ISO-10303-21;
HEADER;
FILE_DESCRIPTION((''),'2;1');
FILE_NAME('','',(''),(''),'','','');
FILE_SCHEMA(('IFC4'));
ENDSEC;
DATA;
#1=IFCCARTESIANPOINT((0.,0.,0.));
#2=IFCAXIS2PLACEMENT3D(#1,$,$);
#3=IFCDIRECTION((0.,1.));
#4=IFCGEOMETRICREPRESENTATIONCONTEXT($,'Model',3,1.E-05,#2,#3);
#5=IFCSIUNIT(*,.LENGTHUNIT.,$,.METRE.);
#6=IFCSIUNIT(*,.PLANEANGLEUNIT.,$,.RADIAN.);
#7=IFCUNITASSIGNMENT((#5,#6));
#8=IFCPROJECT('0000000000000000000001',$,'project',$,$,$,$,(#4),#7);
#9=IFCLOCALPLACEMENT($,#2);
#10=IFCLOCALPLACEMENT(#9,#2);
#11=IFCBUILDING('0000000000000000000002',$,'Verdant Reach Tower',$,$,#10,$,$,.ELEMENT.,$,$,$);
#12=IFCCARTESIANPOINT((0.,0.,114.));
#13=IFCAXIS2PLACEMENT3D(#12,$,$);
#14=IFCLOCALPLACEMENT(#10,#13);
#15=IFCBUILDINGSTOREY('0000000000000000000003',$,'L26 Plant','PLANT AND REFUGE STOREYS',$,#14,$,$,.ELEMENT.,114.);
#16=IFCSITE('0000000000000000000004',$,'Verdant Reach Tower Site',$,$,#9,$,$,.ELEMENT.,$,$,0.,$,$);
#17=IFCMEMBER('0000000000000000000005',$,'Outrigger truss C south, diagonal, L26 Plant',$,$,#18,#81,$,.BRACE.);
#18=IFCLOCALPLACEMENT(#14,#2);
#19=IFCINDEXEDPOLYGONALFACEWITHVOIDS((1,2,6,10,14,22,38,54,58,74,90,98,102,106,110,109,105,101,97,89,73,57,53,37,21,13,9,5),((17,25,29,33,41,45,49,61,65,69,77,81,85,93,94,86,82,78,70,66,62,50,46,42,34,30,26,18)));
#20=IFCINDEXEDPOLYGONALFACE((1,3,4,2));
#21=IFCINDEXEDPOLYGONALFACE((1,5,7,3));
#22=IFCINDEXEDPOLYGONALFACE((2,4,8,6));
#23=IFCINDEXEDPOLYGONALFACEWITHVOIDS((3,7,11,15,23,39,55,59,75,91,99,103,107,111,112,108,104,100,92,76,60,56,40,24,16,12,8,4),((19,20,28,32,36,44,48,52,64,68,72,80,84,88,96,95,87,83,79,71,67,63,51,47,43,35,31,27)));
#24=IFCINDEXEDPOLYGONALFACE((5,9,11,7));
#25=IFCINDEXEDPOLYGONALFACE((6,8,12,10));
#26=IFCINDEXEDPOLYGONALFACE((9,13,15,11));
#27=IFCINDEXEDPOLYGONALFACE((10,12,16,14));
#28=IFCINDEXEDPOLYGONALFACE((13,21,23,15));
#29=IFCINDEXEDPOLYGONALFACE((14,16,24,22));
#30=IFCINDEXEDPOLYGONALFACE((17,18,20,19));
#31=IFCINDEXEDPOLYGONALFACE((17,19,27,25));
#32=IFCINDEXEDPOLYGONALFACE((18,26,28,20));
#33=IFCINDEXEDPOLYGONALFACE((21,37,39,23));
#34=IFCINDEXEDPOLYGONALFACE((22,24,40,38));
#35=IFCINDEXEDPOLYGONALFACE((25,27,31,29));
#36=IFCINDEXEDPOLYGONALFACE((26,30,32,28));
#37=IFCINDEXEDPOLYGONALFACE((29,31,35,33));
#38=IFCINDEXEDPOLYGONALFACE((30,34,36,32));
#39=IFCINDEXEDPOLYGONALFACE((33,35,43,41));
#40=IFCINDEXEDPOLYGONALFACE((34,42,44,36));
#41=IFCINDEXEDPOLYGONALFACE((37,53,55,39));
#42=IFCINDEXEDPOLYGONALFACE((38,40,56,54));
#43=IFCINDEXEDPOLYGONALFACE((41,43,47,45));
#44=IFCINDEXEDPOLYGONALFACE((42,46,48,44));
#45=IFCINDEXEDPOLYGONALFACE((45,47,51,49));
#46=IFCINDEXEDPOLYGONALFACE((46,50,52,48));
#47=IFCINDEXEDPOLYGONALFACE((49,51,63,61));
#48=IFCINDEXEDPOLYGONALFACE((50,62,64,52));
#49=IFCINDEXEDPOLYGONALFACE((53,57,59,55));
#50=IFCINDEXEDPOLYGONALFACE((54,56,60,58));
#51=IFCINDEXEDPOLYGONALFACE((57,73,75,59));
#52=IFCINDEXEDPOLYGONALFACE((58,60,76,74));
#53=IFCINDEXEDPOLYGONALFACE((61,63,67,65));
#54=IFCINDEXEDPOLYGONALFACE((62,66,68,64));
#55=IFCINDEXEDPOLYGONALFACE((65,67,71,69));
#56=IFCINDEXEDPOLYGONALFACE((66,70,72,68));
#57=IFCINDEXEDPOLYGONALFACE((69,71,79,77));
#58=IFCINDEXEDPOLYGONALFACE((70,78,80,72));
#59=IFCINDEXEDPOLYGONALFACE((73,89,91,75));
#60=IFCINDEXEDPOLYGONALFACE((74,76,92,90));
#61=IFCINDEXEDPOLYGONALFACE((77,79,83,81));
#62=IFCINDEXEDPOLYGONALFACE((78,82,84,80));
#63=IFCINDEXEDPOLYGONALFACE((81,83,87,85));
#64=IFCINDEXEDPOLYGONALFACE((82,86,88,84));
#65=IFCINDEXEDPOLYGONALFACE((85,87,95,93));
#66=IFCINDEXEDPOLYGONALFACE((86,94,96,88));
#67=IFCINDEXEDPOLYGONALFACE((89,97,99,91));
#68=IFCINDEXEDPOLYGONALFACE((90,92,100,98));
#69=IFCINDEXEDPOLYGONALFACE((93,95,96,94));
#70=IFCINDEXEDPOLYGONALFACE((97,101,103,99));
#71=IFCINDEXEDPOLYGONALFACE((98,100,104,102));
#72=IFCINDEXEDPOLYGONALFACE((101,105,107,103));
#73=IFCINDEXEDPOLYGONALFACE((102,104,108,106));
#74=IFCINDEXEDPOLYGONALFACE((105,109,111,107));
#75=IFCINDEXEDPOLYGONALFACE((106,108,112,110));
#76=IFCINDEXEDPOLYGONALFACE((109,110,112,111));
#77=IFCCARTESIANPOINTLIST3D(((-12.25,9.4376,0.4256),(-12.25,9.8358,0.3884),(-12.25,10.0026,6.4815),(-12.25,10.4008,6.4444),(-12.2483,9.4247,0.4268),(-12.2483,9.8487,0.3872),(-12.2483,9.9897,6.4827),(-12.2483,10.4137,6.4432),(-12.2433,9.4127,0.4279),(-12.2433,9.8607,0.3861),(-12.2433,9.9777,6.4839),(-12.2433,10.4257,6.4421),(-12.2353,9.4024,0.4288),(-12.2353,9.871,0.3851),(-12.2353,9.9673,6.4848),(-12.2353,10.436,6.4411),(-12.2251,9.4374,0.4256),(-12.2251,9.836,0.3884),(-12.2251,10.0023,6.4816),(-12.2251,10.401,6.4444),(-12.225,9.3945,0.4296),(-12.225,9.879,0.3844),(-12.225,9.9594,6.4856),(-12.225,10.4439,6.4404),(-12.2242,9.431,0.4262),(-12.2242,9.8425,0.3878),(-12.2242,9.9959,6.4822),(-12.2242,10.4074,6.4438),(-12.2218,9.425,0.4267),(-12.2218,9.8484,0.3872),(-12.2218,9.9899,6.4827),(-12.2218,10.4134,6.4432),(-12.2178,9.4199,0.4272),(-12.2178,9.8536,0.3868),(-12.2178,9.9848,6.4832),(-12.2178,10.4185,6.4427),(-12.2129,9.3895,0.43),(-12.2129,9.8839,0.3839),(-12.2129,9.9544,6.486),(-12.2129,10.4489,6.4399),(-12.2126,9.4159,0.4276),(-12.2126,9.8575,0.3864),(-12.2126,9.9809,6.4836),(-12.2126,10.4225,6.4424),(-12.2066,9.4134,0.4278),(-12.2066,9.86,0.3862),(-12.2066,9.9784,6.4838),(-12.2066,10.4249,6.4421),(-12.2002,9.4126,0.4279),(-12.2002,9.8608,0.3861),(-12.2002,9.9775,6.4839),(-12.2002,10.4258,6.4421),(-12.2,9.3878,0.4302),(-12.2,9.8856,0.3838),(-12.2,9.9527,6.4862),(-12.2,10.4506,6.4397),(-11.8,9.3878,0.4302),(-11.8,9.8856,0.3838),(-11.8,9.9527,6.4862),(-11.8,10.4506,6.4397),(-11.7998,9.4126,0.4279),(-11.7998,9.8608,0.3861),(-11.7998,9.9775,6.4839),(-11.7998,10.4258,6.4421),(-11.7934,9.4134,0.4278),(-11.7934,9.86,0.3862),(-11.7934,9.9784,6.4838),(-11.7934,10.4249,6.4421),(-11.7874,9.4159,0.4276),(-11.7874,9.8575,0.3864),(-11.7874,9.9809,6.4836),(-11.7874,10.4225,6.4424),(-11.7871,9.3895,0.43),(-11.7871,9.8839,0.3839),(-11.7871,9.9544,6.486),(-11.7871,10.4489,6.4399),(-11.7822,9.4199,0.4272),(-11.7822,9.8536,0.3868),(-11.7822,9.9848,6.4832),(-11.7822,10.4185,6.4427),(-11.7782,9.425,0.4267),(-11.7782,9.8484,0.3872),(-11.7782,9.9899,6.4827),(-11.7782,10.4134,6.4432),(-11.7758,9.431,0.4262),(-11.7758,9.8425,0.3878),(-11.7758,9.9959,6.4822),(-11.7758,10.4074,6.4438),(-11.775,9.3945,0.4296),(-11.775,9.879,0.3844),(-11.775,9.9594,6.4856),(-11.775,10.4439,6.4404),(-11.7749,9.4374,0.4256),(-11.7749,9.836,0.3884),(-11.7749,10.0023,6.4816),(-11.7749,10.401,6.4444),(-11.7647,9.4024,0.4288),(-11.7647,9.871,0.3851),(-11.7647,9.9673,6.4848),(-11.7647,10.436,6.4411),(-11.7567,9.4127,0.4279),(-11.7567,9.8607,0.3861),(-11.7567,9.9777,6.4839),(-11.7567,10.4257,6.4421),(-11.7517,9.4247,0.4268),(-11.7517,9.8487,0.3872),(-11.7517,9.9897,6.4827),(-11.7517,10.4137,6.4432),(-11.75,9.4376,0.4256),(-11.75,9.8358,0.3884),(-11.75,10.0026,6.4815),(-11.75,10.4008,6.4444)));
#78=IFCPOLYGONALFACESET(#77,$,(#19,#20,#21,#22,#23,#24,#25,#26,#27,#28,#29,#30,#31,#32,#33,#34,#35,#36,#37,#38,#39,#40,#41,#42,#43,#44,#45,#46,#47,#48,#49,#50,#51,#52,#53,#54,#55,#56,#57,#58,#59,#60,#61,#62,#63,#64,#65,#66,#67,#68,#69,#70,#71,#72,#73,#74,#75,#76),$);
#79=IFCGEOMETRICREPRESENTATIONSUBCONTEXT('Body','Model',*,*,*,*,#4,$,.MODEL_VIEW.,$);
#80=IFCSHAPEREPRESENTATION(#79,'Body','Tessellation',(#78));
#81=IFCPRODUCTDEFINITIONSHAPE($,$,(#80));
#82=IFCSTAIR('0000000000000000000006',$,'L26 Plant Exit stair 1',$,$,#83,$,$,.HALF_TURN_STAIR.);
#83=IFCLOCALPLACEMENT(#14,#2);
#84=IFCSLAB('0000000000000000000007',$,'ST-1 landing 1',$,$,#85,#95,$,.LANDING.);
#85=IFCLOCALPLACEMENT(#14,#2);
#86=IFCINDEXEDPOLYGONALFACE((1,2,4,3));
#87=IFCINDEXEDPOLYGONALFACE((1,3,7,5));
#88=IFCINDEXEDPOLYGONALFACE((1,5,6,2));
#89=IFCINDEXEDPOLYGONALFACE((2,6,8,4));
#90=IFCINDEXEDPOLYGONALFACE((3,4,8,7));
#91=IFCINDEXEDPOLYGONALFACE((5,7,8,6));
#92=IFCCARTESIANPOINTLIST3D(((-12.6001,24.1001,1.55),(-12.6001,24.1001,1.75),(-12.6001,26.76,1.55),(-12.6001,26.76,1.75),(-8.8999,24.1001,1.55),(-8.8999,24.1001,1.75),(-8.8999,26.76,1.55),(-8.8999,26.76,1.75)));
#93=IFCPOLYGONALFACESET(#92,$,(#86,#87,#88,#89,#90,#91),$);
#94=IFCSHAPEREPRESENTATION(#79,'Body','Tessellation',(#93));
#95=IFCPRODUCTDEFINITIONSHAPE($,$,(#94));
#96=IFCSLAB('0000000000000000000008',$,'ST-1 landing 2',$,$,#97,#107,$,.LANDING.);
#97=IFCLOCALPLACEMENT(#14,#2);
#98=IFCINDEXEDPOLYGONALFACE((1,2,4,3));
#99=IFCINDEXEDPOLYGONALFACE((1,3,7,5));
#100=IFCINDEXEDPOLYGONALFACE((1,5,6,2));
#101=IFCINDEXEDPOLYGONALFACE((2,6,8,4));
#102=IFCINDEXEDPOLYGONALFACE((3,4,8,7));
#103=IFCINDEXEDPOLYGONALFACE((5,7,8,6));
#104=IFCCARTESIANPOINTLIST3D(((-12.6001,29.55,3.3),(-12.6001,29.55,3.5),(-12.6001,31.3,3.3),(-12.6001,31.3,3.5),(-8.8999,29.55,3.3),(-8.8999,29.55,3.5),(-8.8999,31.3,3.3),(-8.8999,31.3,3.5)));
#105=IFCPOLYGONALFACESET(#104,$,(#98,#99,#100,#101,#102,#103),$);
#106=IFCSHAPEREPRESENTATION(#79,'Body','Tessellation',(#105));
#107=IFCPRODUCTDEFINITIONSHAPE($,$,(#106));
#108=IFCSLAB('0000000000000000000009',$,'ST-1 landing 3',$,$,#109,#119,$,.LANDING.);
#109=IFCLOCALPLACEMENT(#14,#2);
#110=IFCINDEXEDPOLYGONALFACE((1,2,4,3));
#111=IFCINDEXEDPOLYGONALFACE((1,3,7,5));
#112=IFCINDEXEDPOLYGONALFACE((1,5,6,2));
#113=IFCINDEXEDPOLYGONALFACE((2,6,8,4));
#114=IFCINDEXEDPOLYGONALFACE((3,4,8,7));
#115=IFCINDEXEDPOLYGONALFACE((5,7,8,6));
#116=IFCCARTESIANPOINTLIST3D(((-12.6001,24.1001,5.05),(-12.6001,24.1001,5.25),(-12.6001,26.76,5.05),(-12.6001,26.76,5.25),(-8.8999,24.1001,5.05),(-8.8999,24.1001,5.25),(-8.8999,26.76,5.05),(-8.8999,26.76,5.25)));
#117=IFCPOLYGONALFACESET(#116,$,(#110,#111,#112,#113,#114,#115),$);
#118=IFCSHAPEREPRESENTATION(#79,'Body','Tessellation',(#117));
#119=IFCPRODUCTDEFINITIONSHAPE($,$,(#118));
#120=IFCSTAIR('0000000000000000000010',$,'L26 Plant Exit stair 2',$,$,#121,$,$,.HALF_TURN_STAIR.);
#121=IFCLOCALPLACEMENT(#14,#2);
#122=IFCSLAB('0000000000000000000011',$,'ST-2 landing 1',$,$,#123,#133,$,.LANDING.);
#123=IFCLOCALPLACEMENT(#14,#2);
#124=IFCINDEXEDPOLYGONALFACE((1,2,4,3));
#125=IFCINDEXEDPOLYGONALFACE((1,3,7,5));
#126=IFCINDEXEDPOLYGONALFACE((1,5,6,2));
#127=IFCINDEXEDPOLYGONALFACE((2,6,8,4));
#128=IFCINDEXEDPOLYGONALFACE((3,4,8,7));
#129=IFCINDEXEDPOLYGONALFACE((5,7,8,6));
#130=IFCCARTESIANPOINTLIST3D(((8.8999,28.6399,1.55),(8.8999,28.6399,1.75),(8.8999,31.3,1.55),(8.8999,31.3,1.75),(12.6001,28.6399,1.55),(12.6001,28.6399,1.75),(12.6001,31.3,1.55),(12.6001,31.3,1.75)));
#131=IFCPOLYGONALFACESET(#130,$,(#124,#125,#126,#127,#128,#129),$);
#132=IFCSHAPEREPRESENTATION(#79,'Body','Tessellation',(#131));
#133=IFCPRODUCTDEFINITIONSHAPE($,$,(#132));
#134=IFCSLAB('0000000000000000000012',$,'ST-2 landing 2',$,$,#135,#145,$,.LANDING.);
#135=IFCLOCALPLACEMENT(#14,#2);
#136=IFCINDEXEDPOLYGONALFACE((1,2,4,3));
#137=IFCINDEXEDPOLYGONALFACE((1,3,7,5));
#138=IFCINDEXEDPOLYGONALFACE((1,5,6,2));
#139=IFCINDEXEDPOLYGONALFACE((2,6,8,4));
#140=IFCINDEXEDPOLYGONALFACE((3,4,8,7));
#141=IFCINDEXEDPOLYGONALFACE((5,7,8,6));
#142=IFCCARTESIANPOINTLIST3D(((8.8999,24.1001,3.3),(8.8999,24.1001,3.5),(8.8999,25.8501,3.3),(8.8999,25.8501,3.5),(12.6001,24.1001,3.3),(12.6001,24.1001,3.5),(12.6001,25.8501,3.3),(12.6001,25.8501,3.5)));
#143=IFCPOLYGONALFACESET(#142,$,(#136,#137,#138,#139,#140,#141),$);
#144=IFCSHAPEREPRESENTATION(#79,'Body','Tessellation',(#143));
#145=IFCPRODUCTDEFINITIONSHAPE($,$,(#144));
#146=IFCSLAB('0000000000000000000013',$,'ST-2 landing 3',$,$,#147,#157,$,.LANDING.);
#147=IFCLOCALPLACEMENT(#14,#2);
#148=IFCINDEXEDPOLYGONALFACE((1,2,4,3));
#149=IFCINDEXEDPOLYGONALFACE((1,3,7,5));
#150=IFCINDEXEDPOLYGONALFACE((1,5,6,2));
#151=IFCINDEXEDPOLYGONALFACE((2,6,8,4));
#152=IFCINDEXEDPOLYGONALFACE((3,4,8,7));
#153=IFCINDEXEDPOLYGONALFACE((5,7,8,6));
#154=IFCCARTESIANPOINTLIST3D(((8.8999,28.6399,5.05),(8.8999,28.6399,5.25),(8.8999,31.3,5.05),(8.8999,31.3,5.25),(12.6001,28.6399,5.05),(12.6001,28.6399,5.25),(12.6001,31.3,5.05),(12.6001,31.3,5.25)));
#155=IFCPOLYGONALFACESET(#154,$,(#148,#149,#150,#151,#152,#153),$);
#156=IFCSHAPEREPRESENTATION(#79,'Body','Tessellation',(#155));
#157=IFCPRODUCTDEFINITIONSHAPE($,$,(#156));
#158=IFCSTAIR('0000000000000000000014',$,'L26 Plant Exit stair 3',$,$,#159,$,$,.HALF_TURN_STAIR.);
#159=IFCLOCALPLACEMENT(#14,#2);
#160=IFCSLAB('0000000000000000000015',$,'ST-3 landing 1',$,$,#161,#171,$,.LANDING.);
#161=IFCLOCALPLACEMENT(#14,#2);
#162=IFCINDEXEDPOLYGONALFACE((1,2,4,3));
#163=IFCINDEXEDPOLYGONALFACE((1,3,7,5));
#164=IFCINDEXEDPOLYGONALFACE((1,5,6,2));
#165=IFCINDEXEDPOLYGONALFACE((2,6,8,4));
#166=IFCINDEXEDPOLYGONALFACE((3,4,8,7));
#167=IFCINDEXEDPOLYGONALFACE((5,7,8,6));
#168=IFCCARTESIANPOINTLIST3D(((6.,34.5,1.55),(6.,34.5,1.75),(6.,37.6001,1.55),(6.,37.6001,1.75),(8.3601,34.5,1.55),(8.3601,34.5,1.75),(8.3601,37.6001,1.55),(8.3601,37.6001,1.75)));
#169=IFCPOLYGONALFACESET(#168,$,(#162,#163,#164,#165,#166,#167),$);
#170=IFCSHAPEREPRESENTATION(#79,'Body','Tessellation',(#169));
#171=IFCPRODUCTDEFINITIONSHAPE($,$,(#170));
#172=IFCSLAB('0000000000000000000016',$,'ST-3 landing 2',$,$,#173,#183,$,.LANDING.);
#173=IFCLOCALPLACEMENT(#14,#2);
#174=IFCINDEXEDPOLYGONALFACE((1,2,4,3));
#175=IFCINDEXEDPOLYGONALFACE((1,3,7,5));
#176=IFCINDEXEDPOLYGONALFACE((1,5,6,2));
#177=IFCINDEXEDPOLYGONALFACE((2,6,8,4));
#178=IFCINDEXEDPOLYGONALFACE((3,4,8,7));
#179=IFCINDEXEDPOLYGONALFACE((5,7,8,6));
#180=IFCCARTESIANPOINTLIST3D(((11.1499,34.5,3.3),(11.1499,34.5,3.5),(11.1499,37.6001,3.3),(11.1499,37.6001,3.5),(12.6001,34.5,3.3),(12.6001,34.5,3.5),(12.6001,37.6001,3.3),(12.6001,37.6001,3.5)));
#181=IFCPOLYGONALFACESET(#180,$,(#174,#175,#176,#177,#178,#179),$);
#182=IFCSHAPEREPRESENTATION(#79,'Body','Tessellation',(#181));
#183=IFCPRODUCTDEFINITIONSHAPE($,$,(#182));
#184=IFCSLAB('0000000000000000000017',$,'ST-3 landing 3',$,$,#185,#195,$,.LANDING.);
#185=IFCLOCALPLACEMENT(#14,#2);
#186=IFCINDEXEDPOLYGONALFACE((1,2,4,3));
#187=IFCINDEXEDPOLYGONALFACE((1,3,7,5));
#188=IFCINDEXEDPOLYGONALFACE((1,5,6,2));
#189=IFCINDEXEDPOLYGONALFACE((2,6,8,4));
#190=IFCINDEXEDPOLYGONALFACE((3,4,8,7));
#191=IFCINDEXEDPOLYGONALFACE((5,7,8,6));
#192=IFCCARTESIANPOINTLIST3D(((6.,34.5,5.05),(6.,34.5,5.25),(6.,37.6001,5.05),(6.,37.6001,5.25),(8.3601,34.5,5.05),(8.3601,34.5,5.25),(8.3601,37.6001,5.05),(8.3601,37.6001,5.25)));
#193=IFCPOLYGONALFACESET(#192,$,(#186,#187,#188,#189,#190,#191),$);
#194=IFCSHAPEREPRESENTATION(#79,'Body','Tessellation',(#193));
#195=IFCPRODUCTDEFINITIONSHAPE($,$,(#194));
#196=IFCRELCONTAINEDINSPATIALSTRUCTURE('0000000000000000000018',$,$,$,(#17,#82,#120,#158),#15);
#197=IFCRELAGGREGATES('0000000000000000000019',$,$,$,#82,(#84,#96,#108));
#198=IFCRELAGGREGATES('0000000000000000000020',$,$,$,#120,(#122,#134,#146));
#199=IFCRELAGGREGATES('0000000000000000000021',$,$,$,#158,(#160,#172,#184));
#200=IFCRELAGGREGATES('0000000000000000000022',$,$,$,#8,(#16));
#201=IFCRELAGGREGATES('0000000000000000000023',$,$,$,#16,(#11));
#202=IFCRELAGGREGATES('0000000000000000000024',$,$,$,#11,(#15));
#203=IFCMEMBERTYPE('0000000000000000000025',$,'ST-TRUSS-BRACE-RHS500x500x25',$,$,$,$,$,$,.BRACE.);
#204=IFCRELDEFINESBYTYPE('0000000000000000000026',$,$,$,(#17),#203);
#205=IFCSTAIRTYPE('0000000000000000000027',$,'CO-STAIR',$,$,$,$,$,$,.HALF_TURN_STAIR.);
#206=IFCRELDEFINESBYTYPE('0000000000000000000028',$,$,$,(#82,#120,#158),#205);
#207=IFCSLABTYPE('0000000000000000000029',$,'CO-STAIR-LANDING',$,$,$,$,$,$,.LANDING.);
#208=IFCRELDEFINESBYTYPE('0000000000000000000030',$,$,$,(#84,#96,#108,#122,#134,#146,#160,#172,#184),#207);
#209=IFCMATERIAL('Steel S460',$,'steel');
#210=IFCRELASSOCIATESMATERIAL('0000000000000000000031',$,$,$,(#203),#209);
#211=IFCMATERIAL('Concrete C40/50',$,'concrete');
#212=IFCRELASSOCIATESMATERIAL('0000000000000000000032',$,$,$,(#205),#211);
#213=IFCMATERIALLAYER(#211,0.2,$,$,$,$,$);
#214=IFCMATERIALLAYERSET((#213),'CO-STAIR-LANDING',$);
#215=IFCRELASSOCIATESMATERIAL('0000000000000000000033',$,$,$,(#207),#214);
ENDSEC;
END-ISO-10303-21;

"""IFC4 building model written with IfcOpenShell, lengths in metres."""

from ifc_helpers import new_model, si_unit, direction, frame, origin, origin_2d, place, context, subcontext, project, spatial, polyline, hollow_rectangle, outline, extrude, material, layer, layer_set, material_profile, profile_set, type_object, element, aggregate, save


model = new_model("IFC4")

# Units and contexts
model_context = context("Model", 3, precision=1e-05, world=origin(), true_north=direction((0.0, 1.0)))
body_context = subcontext(model_context, "Body", "Model", "MODEL_VIEW")
ifc_project = project(units=[si_unit("LENGTHUNIT", "METRE"), si_unit("PLANEANGLEUNIT", "RADIAN")], contexts=[model_context])

# Site, building, storey
site_placement = place(None, origin())
site = spatial("IfcSite", under=ifc_project, at=site_placement, Name="Verdant Reach Tower Site", CompositionType="ELEMENT", RefElevation=0.0)
building_placement = place(site_placement, origin())
building = spatial("IfcBuilding", under=site, at=building_placement, Name="Verdant Reach Tower", CompositionType="ELEMENT")
storey_placement = place(building_placement, frame((0.0, 0.0, 114.0)))
storey = spatial("IfcBuildingStorey", under=building, at=storey_placement, Name="L26 Plant", Description="PLANT AND REFUGE STOREYS", CompositionType="ELEMENT", Elevation=114.0)

# Shared definitions
ifc_material_1 = material(Name="Steel S460", Category="steel")

# Member
ifc_material_profile_1 = material_profile(ifc_material_1, hollow_rectangle(XDim=0.5, YDim=0.5, WallThickness=0.0249, InnerFilletRadius=0.0249, OuterFilletRadius=0.05, at=origin_2d()), Name="RHS 500x500x25")
ifc_profile_set_1 = profile_set([ifc_material_profile_1], Name="Steel S460")
member_type_1 = type_object("IfcMemberType", Name="ST-TRUSS-BRACE-RHS500x500x25", PredefinedType="BRACE", material=ifc_profile_set_1)
member_1_placement = place(storey_placement, frame((-12.0, 9.6367, 0.407), z_axis=(0.0, 0.092884, 0.995677), x_axis=(-1.0, 0.0, 0.0)))
element("IfcMember", 1, at=member_1_placement, inside=storey, type_object=member_type_1, Name="Outrigger truss C south, diagonal, L26 Plant", PredefinedType="BRACE", context=body_context, shape_type="SweptSolid", body=[
    extrude(hollow_rectangle(XDim=0.5, YDim=0.5, WallThickness=0.0249, InnerFilletRadius=0.0249, OuterFilletRadius=0.05, at=origin_2d()), origin(), (0.0, 0.0, 1.0), 6.0823),
])

# Stairs, slabs
ifc_material_2 = material(Name="Concrete C40/50", Category="concrete")
stair_type = type_object("IfcStairType", Name="CO-STAIR", PredefinedType="HALF_TURN_STAIR", material=ifc_material_2)
stair_1_placement = place(storey_placement, origin())
stair_1 = element("IfcStair", 2, at=stair_1_placement, inside=storey, type_object=stair_type, Name="L26 Plant Exit stair 1", PredefinedType="HALF_TURN_STAIR")
ifc_layer_1 = layer(ifc_material_2, 0.2)
ifc_layer_set_1 = layer_set([ifc_layer_1], Name="CO-STAIR-LANDING")
slab_type_1 = type_object("IfcSlabType", Name="CO-STAIR-LANDING", PredefinedType="LANDING", material=ifc_layer_set_1)
slab_1_placement = place(storey_placement, frame((0.0, 0.0, 1.55)))
slab_1 = element("IfcSlab", 3, at=slab_1_placement, type_object=slab_type_1, Name="ST-1 landing 1", PredefinedType="LANDING", context=body_context, shape_type="SweptSolid", body=[
    extrude(outline(polyline([(-12.6001, 26.76), (-12.6001, 24.1001), (-8.8999, 24.1001), (-8.8999, 26.76), (-12.6001, 26.76)])), origin(), (0.0, 0.0, 1.0), 0.2),
])
slab_2_placement = place(storey_placement, frame((0.0, 0.0, 3.3)))
slab_2 = element("IfcSlab", 4, at=slab_2_placement, type_object=slab_type_1, Name="ST-1 landing 2", PredefinedType="LANDING", context=body_context, shape_type="SweptSolid", body=[
    extrude(outline(polyline([(-12.6001, 31.3), (-12.6001, 29.55), (-8.8999, 29.55), (-8.8999, 31.3), (-12.6001, 31.3)])), origin(), (0.0, 0.0, 1.0), 0.2),
])
slab_3_placement = place(storey_placement, frame((0.0, 0.0, 5.05)))
slab_3 = element("IfcSlab", 5, at=slab_3_placement, type_object=slab_type_1, Name="ST-1 landing 3", PredefinedType="LANDING", context=body_context, shape_type="SweptSolid", body=[
    extrude(outline(polyline([(-12.6001, 26.76), (-12.6001, 24.1001), (-8.8999, 24.1001), (-8.8999, 26.76), (-12.6001, 26.76)])), origin(), (0.0, 0.0, 1.0), 0.2),
])
aggregate(stair_1, [slab_1, slab_2, slab_3])
stair_2_placement = place(storey_placement, origin())
stair_2 = element("IfcStair", 6, at=stair_2_placement, inside=storey, type_object=stair_type, Name="L26 Plant Exit stair 2", PredefinedType="HALF_TURN_STAIR")
slab_4_placement = place(storey_placement, frame((0.0, 0.0, 1.55)))
slab_4 = element("IfcSlab", 7, at=slab_4_placement, type_object=slab_type_1, Name="ST-2 landing 1", PredefinedType="LANDING", context=body_context, shape_type="SweptSolid", body=[
    extrude(outline(polyline([(12.6001, 28.6399), (12.6001, 31.3), (8.8999, 31.3), (8.8999, 28.6399), (12.6001, 28.6399)])), origin(), (0.0, 0.0, 1.0), 0.2),
])
slab_5_placement = place(storey_placement, frame((0.0, 0.0, 3.3)))
slab_5 = element("IfcSlab", 8, at=slab_5_placement, type_object=slab_type_1, Name="ST-2 landing 2", PredefinedType="LANDING", context=body_context, shape_type="SweptSolid", body=[
    extrude(outline(polyline([(12.6001, 24.1001), (12.6001, 25.8501), (8.8999, 25.8501), (8.8999, 24.1001), (12.6001, 24.1001)])), origin(), (0.0, 0.0, 1.0), 0.2),
])
slab_6_placement = place(storey_placement, frame((0.0, 0.0, 5.05)))
slab_6 = element("IfcSlab", 9, at=slab_6_placement, type_object=slab_type_1, Name="ST-2 landing 3", PredefinedType="LANDING", context=body_context, shape_type="SweptSolid", body=[
    extrude(outline(polyline([(12.6001, 28.6399), (12.6001, 31.3), (8.8999, 31.3), (8.8999, 28.6399), (12.6001, 28.6399)])), origin(), (0.0, 0.0, 1.0), 0.2),
])
aggregate(stair_2, [slab_4, slab_5, slab_6])
stair_3_placement = place(storey_placement, origin())
stair_3 = element("IfcStair", 10, at=stair_3_placement, inside=storey, type_object=stair_type, Name="L26 Plant Exit stair 3", PredefinedType="HALF_TURN_STAIR")
slab_7_placement = place(storey_placement, frame((0.0, 0.0, 1.55)))
slab_7 = element("IfcSlab", 11, at=slab_7_placement, type_object=slab_type_1, Name="ST-3 landing 1", PredefinedType="LANDING", context=body_context, shape_type="SweptSolid", body=[
    extrude(outline(polyline([(8.3601, 37.6001), (6.0, 37.6001), (6.0, 34.5), (8.3601, 34.5), (8.3601, 37.6001)])), origin(), (0.0, 0.0, 1.0), 0.2),
])
slab_8_placement = place(storey_placement, frame((0.0, 0.0, 3.3)))
slab_8 = element("IfcSlab", 12, at=slab_8_placement, type_object=slab_type_1, Name="ST-3 landing 2", PredefinedType="LANDING", context=body_context, shape_type="SweptSolid", body=[
    extrude(outline(polyline([(12.6001, 37.6001), (11.1499, 37.6001), (11.1499, 34.5), (12.6001, 34.5), (12.6001, 37.6001)])), origin(), (0.0, 0.0, 1.0), 0.2),
])
slab_9_placement = place(storey_placement, frame((0.0, 0.0, 5.05)))
slab_9 = element("IfcSlab", 13, at=slab_9_placement, type_object=slab_type_1, Name="ST-3 landing 3", PredefinedType="LANDING", context=body_context, shape_type="SweptSolid", body=[
    extrude(outline(polyline([(8.3601, 37.6001), (6.0, 37.6001), (6.0, 34.5), (8.3601, 34.5), (8.3601, 37.6001)])), origin(), (0.0, 0.0, 1.0), 0.2),
])
aggregate(stair_3, [slab_7, slab_8, slab_9])

save(model, "model.ifc")
